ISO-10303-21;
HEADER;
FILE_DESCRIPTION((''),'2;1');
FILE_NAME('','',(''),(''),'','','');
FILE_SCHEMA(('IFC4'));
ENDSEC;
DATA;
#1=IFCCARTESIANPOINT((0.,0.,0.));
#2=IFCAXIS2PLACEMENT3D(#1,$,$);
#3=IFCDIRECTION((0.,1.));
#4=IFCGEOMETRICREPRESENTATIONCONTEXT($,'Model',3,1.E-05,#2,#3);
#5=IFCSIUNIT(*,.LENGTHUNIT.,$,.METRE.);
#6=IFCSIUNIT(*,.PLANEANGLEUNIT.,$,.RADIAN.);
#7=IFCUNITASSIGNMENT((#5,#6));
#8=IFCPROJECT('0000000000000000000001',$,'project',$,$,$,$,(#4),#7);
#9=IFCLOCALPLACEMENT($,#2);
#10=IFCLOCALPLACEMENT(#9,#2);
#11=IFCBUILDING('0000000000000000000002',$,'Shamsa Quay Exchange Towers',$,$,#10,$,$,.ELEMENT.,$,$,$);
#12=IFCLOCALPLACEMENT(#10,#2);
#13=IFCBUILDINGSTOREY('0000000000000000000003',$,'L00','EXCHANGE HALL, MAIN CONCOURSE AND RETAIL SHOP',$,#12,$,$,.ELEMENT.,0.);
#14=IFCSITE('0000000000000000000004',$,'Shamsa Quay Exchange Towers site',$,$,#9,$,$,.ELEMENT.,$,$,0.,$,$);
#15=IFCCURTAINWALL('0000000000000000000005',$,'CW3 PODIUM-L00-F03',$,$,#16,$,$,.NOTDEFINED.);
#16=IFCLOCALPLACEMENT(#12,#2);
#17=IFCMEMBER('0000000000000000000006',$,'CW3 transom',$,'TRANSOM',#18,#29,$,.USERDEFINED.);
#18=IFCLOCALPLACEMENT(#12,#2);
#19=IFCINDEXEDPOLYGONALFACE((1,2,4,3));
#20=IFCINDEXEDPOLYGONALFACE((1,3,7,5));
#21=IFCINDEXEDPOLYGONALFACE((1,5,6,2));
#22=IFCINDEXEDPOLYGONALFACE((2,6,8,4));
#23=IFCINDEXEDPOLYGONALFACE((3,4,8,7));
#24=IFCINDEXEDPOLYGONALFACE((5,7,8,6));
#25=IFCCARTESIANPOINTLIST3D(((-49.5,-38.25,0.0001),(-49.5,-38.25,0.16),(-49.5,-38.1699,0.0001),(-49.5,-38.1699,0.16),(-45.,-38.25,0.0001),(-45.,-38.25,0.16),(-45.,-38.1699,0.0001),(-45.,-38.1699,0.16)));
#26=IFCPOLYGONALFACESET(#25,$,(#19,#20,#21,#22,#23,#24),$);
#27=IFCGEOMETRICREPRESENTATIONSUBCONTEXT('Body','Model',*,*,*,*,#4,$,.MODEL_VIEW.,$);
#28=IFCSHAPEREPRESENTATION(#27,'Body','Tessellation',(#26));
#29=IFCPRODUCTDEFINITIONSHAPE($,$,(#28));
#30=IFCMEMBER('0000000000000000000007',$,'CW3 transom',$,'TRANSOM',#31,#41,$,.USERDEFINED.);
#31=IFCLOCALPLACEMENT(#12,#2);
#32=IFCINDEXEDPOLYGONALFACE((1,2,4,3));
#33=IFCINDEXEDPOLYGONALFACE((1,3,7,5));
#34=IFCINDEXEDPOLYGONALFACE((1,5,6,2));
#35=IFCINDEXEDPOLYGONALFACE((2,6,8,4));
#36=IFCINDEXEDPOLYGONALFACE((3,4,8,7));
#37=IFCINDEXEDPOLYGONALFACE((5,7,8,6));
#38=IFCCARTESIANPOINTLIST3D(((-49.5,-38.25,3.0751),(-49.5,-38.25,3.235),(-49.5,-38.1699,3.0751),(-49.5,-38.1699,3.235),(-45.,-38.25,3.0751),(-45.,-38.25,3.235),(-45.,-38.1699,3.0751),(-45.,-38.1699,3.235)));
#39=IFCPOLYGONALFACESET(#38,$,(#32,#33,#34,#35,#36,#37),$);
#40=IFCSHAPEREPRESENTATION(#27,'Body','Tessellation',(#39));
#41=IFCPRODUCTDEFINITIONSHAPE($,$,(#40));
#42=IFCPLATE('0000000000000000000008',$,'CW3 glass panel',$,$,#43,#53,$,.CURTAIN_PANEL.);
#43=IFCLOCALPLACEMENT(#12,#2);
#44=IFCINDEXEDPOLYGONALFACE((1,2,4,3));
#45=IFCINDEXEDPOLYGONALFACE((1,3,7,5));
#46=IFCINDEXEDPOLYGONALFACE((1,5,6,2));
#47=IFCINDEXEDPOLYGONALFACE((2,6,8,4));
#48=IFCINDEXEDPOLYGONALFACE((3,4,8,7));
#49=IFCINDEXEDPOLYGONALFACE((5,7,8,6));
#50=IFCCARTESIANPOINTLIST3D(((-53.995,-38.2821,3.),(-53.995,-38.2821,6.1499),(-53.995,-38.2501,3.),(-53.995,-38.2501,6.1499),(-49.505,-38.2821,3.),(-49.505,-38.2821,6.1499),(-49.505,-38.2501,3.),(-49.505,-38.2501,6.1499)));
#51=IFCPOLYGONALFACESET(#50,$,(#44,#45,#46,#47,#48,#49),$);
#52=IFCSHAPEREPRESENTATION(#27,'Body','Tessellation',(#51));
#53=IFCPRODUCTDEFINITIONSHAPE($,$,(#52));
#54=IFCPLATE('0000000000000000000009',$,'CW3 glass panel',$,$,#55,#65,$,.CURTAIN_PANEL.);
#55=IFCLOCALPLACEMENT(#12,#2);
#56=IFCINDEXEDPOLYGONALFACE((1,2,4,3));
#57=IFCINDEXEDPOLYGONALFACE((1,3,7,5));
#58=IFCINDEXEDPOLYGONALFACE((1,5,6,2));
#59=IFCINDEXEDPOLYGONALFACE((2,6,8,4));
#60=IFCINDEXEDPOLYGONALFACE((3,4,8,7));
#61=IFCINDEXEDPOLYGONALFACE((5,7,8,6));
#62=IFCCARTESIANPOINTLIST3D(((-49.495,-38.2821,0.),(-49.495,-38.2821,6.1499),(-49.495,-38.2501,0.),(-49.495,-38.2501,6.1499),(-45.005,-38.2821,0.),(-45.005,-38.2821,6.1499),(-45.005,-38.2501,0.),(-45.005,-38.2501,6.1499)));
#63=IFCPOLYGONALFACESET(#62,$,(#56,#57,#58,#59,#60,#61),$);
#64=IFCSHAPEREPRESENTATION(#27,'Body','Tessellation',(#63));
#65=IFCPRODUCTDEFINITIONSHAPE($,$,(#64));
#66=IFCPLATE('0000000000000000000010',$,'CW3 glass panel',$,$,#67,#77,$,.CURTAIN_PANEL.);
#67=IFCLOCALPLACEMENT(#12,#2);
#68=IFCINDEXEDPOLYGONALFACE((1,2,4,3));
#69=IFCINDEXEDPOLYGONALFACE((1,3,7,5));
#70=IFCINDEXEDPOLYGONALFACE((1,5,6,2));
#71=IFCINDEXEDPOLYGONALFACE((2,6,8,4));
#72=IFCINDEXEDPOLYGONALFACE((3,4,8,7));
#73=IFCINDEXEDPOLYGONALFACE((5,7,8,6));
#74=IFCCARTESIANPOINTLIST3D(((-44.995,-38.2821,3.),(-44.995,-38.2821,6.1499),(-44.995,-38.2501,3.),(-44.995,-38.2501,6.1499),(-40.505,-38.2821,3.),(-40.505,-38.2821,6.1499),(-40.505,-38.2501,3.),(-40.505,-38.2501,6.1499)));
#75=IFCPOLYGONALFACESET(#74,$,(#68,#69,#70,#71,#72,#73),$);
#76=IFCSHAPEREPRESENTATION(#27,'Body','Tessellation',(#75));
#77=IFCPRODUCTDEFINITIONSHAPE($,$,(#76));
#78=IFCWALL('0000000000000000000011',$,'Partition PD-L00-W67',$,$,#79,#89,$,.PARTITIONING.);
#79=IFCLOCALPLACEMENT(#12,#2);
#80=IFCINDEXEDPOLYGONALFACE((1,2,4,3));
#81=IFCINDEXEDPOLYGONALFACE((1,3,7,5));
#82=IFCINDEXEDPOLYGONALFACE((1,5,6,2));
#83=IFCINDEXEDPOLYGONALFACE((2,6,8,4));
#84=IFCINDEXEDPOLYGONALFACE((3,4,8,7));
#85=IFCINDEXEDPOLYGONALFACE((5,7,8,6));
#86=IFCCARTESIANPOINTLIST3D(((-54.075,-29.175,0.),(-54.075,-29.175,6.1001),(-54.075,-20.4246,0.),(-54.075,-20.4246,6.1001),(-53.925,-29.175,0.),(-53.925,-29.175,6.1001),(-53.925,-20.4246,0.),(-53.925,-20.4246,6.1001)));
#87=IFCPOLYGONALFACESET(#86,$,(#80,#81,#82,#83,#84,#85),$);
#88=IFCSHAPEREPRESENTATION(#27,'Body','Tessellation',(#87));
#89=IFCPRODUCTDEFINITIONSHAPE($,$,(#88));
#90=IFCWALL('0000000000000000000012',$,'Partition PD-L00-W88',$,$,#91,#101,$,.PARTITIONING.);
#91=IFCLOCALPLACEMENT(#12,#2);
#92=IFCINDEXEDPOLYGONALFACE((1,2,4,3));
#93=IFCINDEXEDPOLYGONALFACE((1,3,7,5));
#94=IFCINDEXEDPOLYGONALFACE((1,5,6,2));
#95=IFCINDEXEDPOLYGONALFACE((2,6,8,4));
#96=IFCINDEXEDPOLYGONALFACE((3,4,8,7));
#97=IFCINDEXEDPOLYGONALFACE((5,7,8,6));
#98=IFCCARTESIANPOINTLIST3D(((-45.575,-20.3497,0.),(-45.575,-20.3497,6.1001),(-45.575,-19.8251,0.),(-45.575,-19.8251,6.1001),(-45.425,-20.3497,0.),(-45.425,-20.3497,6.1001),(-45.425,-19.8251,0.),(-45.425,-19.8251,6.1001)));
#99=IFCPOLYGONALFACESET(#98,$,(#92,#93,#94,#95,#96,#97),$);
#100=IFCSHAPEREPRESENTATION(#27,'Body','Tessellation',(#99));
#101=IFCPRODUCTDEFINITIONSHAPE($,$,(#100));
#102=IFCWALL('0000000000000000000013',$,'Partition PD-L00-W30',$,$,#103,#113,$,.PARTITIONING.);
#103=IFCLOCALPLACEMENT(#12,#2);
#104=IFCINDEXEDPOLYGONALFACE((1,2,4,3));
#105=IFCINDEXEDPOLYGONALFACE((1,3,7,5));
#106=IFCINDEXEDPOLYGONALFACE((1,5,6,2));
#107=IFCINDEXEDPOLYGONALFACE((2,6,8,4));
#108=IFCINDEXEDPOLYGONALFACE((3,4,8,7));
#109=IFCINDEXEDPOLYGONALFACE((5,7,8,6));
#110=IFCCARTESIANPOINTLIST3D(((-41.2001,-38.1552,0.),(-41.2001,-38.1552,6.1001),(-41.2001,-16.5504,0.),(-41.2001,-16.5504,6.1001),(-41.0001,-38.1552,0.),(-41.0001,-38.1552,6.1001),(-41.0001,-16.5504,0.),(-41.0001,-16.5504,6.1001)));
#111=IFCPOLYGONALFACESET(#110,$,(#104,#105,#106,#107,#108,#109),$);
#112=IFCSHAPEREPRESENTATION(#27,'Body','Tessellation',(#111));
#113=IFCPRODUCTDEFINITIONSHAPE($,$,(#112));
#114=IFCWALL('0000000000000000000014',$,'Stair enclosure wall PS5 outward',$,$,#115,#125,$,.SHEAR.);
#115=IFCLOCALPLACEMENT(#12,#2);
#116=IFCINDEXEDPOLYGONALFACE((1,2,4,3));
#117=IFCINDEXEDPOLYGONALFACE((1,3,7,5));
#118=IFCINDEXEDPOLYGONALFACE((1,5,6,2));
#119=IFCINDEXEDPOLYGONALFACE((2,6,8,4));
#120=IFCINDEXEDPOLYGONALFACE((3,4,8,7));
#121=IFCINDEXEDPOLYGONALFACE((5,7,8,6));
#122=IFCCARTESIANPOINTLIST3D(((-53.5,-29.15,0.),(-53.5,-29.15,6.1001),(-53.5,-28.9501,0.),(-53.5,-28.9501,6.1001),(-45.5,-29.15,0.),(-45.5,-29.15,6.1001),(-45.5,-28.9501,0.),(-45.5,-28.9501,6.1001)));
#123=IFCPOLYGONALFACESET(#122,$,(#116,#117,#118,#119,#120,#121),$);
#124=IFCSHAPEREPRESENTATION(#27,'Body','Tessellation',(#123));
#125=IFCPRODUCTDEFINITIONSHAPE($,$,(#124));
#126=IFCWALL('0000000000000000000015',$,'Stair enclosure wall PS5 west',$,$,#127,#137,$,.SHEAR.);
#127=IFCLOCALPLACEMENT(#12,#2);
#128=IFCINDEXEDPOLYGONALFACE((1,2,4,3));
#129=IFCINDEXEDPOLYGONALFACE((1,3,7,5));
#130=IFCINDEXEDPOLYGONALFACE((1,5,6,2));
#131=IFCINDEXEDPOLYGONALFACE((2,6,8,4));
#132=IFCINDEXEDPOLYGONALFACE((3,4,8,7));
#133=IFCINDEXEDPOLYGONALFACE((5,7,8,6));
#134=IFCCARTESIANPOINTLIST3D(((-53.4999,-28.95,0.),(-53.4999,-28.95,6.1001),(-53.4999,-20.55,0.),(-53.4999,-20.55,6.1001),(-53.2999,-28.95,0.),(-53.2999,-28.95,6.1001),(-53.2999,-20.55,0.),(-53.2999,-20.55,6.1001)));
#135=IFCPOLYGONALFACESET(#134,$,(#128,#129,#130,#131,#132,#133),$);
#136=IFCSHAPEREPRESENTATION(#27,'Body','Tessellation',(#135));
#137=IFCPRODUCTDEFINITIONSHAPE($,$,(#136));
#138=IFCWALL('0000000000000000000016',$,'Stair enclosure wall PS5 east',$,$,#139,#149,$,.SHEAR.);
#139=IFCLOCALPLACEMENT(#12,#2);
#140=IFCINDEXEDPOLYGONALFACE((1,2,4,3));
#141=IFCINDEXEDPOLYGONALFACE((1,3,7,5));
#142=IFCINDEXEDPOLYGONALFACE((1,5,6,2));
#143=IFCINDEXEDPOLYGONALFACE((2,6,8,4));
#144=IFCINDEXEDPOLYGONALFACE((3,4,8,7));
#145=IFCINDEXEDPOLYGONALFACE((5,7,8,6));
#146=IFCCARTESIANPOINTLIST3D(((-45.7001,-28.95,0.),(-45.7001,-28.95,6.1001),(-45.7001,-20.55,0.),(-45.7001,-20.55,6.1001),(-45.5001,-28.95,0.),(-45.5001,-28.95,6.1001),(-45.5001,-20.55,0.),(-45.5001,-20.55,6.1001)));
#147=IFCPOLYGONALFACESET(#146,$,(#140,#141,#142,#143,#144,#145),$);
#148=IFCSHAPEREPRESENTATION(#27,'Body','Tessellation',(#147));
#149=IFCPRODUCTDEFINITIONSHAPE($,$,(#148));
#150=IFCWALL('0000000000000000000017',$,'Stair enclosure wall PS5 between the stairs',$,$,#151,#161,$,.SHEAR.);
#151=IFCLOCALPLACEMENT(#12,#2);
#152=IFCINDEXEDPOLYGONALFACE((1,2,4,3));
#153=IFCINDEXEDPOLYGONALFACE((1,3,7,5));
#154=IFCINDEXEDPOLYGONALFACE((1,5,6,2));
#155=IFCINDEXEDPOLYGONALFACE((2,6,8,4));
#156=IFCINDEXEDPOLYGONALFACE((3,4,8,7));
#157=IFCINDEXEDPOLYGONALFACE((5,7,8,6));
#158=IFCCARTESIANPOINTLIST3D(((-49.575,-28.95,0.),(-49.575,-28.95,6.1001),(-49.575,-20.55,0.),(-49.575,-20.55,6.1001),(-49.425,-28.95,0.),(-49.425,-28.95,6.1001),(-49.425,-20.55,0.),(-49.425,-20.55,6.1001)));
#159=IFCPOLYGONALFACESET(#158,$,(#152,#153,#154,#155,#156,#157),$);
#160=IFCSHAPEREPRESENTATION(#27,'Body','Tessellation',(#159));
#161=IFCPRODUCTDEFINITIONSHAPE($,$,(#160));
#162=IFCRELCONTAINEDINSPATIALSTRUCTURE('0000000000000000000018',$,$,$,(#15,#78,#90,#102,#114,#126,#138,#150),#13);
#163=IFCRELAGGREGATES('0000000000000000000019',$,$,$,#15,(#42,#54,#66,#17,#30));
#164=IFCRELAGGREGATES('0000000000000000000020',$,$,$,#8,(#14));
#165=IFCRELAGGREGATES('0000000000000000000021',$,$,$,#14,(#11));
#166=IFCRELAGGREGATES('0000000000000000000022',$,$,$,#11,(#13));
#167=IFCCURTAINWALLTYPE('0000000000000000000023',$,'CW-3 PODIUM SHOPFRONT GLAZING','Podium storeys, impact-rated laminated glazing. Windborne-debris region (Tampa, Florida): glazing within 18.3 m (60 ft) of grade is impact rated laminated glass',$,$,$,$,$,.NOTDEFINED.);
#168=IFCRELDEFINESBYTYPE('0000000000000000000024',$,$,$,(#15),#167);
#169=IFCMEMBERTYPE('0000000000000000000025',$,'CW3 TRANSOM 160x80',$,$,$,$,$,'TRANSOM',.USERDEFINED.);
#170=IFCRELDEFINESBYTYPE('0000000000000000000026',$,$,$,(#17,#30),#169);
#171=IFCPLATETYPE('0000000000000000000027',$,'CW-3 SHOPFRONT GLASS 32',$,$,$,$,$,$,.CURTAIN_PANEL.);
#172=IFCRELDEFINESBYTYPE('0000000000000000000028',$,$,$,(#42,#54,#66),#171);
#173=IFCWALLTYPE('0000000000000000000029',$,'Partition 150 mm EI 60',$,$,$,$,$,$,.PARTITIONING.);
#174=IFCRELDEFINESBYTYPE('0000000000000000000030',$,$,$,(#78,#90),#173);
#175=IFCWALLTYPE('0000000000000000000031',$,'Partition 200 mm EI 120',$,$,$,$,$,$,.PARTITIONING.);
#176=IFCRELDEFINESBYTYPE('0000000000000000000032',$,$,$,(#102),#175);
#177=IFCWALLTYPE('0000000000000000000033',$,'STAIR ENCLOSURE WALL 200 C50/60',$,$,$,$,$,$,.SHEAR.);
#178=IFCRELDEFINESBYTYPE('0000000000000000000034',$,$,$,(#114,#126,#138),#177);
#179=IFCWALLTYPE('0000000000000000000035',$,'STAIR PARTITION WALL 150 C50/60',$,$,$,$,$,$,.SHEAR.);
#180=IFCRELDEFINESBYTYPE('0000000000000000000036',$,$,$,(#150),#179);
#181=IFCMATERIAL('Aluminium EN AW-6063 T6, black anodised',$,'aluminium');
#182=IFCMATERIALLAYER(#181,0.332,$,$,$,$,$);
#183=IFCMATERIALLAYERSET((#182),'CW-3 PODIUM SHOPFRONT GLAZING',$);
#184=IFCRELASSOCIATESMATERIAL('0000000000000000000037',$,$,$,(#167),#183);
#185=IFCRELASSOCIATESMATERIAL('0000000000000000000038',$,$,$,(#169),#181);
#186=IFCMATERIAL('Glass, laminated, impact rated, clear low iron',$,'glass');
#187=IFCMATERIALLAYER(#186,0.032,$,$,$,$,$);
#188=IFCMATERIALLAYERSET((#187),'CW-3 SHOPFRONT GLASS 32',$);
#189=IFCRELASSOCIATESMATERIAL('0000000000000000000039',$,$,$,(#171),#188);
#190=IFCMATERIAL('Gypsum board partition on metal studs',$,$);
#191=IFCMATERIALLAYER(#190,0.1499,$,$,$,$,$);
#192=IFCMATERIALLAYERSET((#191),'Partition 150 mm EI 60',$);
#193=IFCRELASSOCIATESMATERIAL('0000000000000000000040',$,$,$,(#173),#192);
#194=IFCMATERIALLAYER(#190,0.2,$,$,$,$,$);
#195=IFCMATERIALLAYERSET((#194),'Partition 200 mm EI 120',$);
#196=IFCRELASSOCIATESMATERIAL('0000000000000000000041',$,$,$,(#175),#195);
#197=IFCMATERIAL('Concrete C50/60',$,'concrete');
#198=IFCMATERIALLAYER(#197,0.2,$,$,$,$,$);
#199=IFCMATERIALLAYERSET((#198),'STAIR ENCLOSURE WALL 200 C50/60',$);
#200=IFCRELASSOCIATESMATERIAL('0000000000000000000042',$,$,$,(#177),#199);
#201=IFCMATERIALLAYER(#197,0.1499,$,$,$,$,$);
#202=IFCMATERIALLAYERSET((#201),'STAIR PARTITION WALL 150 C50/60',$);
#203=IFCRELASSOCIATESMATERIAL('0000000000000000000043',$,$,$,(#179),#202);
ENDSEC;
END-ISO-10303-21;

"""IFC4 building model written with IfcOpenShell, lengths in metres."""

from ifc_helpers import new_model, si_unit, direction, frame, frame_2d, origin, origin_2d, place, context, subcontext, project, spatial, rectangle, extrude, material, layer, layer_set, material_profile, profile_set, type_object, element, aggregate, save


model = new_model("IFC4")

# Units and contexts
model_context = context("Model", 3, precision=1e-05, world=origin(), true_north=direction((0.0, 1.0)))
body_context = subcontext(model_context, "Body", "Model", "MODEL_VIEW")
ifc_project = project(units=[si_unit("LENGTHUNIT", "METRE"), si_unit("PLANEANGLEUNIT", "RADIAN")], contexts=[model_context])

# Site, building, storey
site_placement = place(None, origin())
site = spatial("IfcSite", under=ifc_project, at=site_placement, Name="Shamsa Quay Exchange Towers site", CompositionType="ELEMENT", RefElevation=0.0)
building_placement = place(site_placement, origin())
building = spatial("IfcBuilding", under=site, at=building_placement, Name="Shamsa Quay Exchange Towers", CompositionType="ELEMENT")
storey_placement = place(building_placement, origin())
storey = spatial("IfcBuildingStorey", under=building, at=storey_placement, Name="L00", Description="EXCHANGE HALL, MAIN CONCOURSE AND RETAIL SHOP", CompositionType="ELEMENT", Elevation=0.0)

# Curtain wall, members, plates
ifc_material_1 = material(Name="Aluminium EN AW-6063 T6, black anodised", Category="aluminium")
ifc_layer_1 = layer(ifc_material_1, 0.332)
ifc_layer_set_1 = layer_set([ifc_layer_1], Name="CW-3 PODIUM SHOPFRONT GLAZING")
curtain_wall_type = type_object("IfcCurtainWallType", Name="CW-3 PODIUM SHOPFRONT GLAZING", Description="Podium storeys, impact-rated laminated glazing. Windborne-debris region (Tampa, Florida): glazing within 18.3 m (60 ft) of grade is impact rated laminated glass", PredefinedType="NOTDEFINED", material=ifc_layer_set_1)
curtain_wall_placement = place(storey_placement, origin())
curtain_wall = element("IfcCurtainWall", 1, at=curtain_wall_placement, inside=storey, type_object=curtain_wall_type, Name="CW3 PODIUM-L00-F03", PredefinedType="NOTDEFINED")
ifc_material_profile_1 = material_profile(ifc_material_1, rectangle(XDim=0.0801, YDim=0.1599, at=origin_2d()), Name="TR160x80")
ifc_profile_set_1 = profile_set([ifc_material_profile_1], Name="Aluminium EN AW-6063 T6, black anodised")
member_type_1 = type_object("IfcMemberType", Name="CW3 TRANSOM 160x80", ElementType="TRANSOM", PredefinedType="USERDEFINED", material=ifc_profile_set_1)
member_1_placement = place(storey_placement, frame((-49.5, -38.21, 0.0801), z_axis=(1.0, 0.0, 0.0), x_axis=(0.0, 1.0, 0.0)))
member_1 = element("IfcMember", 2, at=member_1_placement, type_object=member_type_1, Name="CW3 transom", ObjectType="TRANSOM", PredefinedType="USERDEFINED", context=body_context, shape_type="SweptSolid", body=[
    extrude(rectangle(XDim=0.0801, YDim=0.1599, at=origin_2d()), origin(), (0.0, 0.0, 1.0), 4.5),
])
member_2_placement = place(storey_placement, frame((-49.5, -38.21, 3.155), z_axis=(1.0, 0.0, 0.0), x_axis=(0.0, 1.0, 0.0)))
member_2 = element("IfcMember", 3, at=member_2_placement, type_object=member_type_1, Name="CW3 transom", ObjectType="TRANSOM", PredefinedType="USERDEFINED", context=body_context, shape_type="SweptSolid", body=[
    extrude(rectangle(XDim=0.0801, YDim=0.1599, at=origin_2d()), origin(), (0.0, 0.0, 1.0), 4.5),
])
ifc_material_2 = material(Name="Glass, laminated, impact rated, clear low iron", Category="glass")
ifc_layer_2 = layer(ifc_material_2, 0.032)
ifc_layer_set_2 = layer_set([ifc_layer_2], Name="CW-3 SHOPFRONT GLASS 32")
plate_type = type_object("IfcPlateType", Name="CW-3 SHOPFRONT GLASS 32", PredefinedType="CURTAIN_PANEL", material=ifc_layer_set_2)
plate_1_placement = place(storey_placement, frame((-51.75, -38.2661, 3.0)))
plate_1 = element("IfcPlate", 4, at=plate_1_placement, type_object=plate_type, Name="CW3 glass panel", PredefinedType="CURTAIN_PANEL", context=body_context, shape_type="SweptSolid", body=[
    extrude(rectangle(XDim=4.49, YDim=0.032, at=origin_2d()), origin(), (0.0, 0.0, 1.0), 3.1499),
])
plate_2_placement = place(storey_placement, frame((-47.25, -38.2661, 0.0)))
plate_2 = element("IfcPlate", 5, at=plate_2_placement, type_object=plate_type, Name="CW3 glass panel", PredefinedType="CURTAIN_PANEL", context=body_context, shape_type="SweptSolid", body=[
    extrude(rectangle(XDim=4.49, YDim=0.032, at=origin_2d()), origin(), (0.0, 0.0, 1.0), 6.1499),
])
plate_3_placement = place(storey_placement, frame((-42.75, -38.2661, 3.0)))
plate_3 = element("IfcPlate", 6, at=plate_3_placement, type_object=plate_type, Name="CW3 glass panel", PredefinedType="CURTAIN_PANEL", context=body_context, shape_type="SweptSolid", body=[
    extrude(rectangle(XDim=4.49, YDim=0.032, at=origin_2d()), origin(), (0.0, 0.0, 1.0), 3.1499),
])
aggregate(curtain_wall, [plate_1, plate_2, plate_3, member_1, member_2])

# Walls
ifc_material_3 = material(Name="Gypsum board partition on metal studs")
ifc_layer_3 = layer(ifc_material_3, 0.1499)
ifc_layer_set_3 = layer_set([ifc_layer_3], Name="Partition 150 mm EI 60")
wall_type_1 = type_object("IfcWallType", Name="Partition 150 mm EI 60", PredefinedType="PARTITIONING", material=ifc_layer_set_3)
wall_1_placement = place(storey_placement, frame((-54.0, -29.175, 0.0), z_axis=(0.0, 0.0, 1.0), x_axis=(0.0, 1.0, 0.0)))
element("IfcWall", 7, at=wall_1_placement, inside=storey, type_object=wall_type_1, Name="Partition PD-L00-W67", PredefinedType="PARTITIONING", context=body_context, shape_type="SweptSolid", body=[
    extrude(rectangle(XDim=8.7505, YDim=0.1499, at=frame_2d((4.3752, 0.0))), origin(), (0.0, 0.0, 1.0), 6.1001),
])
wall_2_placement = place(storey_placement, frame((-45.5, -20.3496, 0.0), z_axis=(0.0, 0.0, 1.0), x_axis=(0.0, 1.0, 0.0)))
element("IfcWall", 8, at=wall_2_placement, inside=storey, type_object=wall_type_1, Name="Partition PD-L00-W88", PredefinedType="PARTITIONING", context=body_context, shape_type="SweptSolid", body=[
    extrude(rectangle(XDim=0.5247, YDim=0.1499, at=frame_2d((0.2622, 0.0))), origin(), (0.0, 0.0, 1.0), 6.1001),
])
ifc_layer_4 = layer(ifc_material_3, 0.2)
ifc_layer_set_4 = layer_set([ifc_layer_4], Name="Partition 200 mm EI 120")
wall_type_2 = type_object("IfcWallType", Name="Partition 200 mm EI 120", PredefinedType="PARTITIONING", material=ifc_layer_set_4)
wall_3_placement = place(storey_placement, frame((-41.1001, -38.155, 0.0), z_axis=(0.0, 0.0, 1.0), x_axis=(0.0, 1.0, 0.0)))
element("IfcWall", 9, at=wall_3_placement, inside=storey, type_object=wall_type_2, Name="Partition PD-L00-W30", PredefinedType="PARTITIONING", context=body_context, shape_type="SweptSolid", body=[
    extrude(rectangle(XDim=21.6047, YDim=0.2, at=frame_2d((10.8022, 0.0))), origin(), (0.0, 0.0, 1.0), 6.1001),
])

# Shared definitions
ifc_material_4 = material(Name="Concrete C50/60", Category="concrete")
ifc_layer_5 = layer(ifc_material_4, 0.2)
ifc_layer_set_5 = layer_set([ifc_layer_5], Name="STAIR ENCLOSURE WALL 200 C50/60")
wall_type_3 = type_object("IfcWallType", Name="STAIR ENCLOSURE WALL 200 C50/60", PredefinedType="SHEAR", material=ifc_layer_set_5)

# Walls
wall_4_placement = place(storey_placement, frame((-53.5, -29.05, 0.0)))
element("IfcWall", 10, at=wall_4_placement, inside=storey, type_object=wall_type_3, Name="Stair enclosure wall PS5 outward", PredefinedType="SHEAR", context=body_context, shape_type="SweptSolid", body=[
    extrude(rectangle(XDim=8.0, YDim=0.2, at=frame_2d((4.0, 0.0))), origin(), (0.0, 0.0, 1.0), 6.1001),
])
for number, where, z_axis, x_axis, name in (
    (11, (-53.3999, -28.95, 0.0), (0.0, 0.0, 1.0), (0.0, 1.0, 0.0), "Stair enclosure wall PS5 west"),
    (12, (-45.6001, -28.95, 0.0), (0.0, 0.0, 1.0), (0.0, 1.0, 0.0), "Stair enclosure wall PS5 east"),
):
    element("IfcWall", number, at=place(storey_placement, frame(where, z_axis=z_axis, x_axis=x_axis)), inside=storey, type_object=wall_type_3, Name=name, PredefinedType="SHEAR", context=body_context, shape_type="SweptSolid", body=[
        extrude(rectangle(XDim=8.3999, YDim=0.2, at=frame_2d((4.2, 0.0))), origin(), (0.0, 0.0, 1.0), 6.1001),
    ])
ifc_layer_6 = layer(ifc_material_4, 0.1499)
ifc_layer_set_6 = layer_set([ifc_layer_6], Name="STAIR PARTITION WALL 150 C50/60")
wall_type_4 = type_object("IfcWallType", Name="STAIR PARTITION WALL 150 C50/60", PredefinedType="SHEAR", material=ifc_layer_set_6)
wall_5_placement = place(storey_placement, frame((-49.5, -28.95, 0.0), z_axis=(0.0, 0.0, 1.0), x_axis=(0.0, 1.0, 0.0)))
element("IfcWall", 13, at=wall_5_placement, inside=storey, type_object=wall_type_4, Name="Stair enclosure wall PS5 between the stairs", PredefinedType="SHEAR", context=body_context, shape_type="SweptSolid", body=[
    extrude(rectangle(XDim=8.3999, YDim=0.1499, at=frame_2d((4.2, 0.0))), origin(), (0.0, 0.0, 1.0), 6.1001),
])

save(model, "model.ifc")
